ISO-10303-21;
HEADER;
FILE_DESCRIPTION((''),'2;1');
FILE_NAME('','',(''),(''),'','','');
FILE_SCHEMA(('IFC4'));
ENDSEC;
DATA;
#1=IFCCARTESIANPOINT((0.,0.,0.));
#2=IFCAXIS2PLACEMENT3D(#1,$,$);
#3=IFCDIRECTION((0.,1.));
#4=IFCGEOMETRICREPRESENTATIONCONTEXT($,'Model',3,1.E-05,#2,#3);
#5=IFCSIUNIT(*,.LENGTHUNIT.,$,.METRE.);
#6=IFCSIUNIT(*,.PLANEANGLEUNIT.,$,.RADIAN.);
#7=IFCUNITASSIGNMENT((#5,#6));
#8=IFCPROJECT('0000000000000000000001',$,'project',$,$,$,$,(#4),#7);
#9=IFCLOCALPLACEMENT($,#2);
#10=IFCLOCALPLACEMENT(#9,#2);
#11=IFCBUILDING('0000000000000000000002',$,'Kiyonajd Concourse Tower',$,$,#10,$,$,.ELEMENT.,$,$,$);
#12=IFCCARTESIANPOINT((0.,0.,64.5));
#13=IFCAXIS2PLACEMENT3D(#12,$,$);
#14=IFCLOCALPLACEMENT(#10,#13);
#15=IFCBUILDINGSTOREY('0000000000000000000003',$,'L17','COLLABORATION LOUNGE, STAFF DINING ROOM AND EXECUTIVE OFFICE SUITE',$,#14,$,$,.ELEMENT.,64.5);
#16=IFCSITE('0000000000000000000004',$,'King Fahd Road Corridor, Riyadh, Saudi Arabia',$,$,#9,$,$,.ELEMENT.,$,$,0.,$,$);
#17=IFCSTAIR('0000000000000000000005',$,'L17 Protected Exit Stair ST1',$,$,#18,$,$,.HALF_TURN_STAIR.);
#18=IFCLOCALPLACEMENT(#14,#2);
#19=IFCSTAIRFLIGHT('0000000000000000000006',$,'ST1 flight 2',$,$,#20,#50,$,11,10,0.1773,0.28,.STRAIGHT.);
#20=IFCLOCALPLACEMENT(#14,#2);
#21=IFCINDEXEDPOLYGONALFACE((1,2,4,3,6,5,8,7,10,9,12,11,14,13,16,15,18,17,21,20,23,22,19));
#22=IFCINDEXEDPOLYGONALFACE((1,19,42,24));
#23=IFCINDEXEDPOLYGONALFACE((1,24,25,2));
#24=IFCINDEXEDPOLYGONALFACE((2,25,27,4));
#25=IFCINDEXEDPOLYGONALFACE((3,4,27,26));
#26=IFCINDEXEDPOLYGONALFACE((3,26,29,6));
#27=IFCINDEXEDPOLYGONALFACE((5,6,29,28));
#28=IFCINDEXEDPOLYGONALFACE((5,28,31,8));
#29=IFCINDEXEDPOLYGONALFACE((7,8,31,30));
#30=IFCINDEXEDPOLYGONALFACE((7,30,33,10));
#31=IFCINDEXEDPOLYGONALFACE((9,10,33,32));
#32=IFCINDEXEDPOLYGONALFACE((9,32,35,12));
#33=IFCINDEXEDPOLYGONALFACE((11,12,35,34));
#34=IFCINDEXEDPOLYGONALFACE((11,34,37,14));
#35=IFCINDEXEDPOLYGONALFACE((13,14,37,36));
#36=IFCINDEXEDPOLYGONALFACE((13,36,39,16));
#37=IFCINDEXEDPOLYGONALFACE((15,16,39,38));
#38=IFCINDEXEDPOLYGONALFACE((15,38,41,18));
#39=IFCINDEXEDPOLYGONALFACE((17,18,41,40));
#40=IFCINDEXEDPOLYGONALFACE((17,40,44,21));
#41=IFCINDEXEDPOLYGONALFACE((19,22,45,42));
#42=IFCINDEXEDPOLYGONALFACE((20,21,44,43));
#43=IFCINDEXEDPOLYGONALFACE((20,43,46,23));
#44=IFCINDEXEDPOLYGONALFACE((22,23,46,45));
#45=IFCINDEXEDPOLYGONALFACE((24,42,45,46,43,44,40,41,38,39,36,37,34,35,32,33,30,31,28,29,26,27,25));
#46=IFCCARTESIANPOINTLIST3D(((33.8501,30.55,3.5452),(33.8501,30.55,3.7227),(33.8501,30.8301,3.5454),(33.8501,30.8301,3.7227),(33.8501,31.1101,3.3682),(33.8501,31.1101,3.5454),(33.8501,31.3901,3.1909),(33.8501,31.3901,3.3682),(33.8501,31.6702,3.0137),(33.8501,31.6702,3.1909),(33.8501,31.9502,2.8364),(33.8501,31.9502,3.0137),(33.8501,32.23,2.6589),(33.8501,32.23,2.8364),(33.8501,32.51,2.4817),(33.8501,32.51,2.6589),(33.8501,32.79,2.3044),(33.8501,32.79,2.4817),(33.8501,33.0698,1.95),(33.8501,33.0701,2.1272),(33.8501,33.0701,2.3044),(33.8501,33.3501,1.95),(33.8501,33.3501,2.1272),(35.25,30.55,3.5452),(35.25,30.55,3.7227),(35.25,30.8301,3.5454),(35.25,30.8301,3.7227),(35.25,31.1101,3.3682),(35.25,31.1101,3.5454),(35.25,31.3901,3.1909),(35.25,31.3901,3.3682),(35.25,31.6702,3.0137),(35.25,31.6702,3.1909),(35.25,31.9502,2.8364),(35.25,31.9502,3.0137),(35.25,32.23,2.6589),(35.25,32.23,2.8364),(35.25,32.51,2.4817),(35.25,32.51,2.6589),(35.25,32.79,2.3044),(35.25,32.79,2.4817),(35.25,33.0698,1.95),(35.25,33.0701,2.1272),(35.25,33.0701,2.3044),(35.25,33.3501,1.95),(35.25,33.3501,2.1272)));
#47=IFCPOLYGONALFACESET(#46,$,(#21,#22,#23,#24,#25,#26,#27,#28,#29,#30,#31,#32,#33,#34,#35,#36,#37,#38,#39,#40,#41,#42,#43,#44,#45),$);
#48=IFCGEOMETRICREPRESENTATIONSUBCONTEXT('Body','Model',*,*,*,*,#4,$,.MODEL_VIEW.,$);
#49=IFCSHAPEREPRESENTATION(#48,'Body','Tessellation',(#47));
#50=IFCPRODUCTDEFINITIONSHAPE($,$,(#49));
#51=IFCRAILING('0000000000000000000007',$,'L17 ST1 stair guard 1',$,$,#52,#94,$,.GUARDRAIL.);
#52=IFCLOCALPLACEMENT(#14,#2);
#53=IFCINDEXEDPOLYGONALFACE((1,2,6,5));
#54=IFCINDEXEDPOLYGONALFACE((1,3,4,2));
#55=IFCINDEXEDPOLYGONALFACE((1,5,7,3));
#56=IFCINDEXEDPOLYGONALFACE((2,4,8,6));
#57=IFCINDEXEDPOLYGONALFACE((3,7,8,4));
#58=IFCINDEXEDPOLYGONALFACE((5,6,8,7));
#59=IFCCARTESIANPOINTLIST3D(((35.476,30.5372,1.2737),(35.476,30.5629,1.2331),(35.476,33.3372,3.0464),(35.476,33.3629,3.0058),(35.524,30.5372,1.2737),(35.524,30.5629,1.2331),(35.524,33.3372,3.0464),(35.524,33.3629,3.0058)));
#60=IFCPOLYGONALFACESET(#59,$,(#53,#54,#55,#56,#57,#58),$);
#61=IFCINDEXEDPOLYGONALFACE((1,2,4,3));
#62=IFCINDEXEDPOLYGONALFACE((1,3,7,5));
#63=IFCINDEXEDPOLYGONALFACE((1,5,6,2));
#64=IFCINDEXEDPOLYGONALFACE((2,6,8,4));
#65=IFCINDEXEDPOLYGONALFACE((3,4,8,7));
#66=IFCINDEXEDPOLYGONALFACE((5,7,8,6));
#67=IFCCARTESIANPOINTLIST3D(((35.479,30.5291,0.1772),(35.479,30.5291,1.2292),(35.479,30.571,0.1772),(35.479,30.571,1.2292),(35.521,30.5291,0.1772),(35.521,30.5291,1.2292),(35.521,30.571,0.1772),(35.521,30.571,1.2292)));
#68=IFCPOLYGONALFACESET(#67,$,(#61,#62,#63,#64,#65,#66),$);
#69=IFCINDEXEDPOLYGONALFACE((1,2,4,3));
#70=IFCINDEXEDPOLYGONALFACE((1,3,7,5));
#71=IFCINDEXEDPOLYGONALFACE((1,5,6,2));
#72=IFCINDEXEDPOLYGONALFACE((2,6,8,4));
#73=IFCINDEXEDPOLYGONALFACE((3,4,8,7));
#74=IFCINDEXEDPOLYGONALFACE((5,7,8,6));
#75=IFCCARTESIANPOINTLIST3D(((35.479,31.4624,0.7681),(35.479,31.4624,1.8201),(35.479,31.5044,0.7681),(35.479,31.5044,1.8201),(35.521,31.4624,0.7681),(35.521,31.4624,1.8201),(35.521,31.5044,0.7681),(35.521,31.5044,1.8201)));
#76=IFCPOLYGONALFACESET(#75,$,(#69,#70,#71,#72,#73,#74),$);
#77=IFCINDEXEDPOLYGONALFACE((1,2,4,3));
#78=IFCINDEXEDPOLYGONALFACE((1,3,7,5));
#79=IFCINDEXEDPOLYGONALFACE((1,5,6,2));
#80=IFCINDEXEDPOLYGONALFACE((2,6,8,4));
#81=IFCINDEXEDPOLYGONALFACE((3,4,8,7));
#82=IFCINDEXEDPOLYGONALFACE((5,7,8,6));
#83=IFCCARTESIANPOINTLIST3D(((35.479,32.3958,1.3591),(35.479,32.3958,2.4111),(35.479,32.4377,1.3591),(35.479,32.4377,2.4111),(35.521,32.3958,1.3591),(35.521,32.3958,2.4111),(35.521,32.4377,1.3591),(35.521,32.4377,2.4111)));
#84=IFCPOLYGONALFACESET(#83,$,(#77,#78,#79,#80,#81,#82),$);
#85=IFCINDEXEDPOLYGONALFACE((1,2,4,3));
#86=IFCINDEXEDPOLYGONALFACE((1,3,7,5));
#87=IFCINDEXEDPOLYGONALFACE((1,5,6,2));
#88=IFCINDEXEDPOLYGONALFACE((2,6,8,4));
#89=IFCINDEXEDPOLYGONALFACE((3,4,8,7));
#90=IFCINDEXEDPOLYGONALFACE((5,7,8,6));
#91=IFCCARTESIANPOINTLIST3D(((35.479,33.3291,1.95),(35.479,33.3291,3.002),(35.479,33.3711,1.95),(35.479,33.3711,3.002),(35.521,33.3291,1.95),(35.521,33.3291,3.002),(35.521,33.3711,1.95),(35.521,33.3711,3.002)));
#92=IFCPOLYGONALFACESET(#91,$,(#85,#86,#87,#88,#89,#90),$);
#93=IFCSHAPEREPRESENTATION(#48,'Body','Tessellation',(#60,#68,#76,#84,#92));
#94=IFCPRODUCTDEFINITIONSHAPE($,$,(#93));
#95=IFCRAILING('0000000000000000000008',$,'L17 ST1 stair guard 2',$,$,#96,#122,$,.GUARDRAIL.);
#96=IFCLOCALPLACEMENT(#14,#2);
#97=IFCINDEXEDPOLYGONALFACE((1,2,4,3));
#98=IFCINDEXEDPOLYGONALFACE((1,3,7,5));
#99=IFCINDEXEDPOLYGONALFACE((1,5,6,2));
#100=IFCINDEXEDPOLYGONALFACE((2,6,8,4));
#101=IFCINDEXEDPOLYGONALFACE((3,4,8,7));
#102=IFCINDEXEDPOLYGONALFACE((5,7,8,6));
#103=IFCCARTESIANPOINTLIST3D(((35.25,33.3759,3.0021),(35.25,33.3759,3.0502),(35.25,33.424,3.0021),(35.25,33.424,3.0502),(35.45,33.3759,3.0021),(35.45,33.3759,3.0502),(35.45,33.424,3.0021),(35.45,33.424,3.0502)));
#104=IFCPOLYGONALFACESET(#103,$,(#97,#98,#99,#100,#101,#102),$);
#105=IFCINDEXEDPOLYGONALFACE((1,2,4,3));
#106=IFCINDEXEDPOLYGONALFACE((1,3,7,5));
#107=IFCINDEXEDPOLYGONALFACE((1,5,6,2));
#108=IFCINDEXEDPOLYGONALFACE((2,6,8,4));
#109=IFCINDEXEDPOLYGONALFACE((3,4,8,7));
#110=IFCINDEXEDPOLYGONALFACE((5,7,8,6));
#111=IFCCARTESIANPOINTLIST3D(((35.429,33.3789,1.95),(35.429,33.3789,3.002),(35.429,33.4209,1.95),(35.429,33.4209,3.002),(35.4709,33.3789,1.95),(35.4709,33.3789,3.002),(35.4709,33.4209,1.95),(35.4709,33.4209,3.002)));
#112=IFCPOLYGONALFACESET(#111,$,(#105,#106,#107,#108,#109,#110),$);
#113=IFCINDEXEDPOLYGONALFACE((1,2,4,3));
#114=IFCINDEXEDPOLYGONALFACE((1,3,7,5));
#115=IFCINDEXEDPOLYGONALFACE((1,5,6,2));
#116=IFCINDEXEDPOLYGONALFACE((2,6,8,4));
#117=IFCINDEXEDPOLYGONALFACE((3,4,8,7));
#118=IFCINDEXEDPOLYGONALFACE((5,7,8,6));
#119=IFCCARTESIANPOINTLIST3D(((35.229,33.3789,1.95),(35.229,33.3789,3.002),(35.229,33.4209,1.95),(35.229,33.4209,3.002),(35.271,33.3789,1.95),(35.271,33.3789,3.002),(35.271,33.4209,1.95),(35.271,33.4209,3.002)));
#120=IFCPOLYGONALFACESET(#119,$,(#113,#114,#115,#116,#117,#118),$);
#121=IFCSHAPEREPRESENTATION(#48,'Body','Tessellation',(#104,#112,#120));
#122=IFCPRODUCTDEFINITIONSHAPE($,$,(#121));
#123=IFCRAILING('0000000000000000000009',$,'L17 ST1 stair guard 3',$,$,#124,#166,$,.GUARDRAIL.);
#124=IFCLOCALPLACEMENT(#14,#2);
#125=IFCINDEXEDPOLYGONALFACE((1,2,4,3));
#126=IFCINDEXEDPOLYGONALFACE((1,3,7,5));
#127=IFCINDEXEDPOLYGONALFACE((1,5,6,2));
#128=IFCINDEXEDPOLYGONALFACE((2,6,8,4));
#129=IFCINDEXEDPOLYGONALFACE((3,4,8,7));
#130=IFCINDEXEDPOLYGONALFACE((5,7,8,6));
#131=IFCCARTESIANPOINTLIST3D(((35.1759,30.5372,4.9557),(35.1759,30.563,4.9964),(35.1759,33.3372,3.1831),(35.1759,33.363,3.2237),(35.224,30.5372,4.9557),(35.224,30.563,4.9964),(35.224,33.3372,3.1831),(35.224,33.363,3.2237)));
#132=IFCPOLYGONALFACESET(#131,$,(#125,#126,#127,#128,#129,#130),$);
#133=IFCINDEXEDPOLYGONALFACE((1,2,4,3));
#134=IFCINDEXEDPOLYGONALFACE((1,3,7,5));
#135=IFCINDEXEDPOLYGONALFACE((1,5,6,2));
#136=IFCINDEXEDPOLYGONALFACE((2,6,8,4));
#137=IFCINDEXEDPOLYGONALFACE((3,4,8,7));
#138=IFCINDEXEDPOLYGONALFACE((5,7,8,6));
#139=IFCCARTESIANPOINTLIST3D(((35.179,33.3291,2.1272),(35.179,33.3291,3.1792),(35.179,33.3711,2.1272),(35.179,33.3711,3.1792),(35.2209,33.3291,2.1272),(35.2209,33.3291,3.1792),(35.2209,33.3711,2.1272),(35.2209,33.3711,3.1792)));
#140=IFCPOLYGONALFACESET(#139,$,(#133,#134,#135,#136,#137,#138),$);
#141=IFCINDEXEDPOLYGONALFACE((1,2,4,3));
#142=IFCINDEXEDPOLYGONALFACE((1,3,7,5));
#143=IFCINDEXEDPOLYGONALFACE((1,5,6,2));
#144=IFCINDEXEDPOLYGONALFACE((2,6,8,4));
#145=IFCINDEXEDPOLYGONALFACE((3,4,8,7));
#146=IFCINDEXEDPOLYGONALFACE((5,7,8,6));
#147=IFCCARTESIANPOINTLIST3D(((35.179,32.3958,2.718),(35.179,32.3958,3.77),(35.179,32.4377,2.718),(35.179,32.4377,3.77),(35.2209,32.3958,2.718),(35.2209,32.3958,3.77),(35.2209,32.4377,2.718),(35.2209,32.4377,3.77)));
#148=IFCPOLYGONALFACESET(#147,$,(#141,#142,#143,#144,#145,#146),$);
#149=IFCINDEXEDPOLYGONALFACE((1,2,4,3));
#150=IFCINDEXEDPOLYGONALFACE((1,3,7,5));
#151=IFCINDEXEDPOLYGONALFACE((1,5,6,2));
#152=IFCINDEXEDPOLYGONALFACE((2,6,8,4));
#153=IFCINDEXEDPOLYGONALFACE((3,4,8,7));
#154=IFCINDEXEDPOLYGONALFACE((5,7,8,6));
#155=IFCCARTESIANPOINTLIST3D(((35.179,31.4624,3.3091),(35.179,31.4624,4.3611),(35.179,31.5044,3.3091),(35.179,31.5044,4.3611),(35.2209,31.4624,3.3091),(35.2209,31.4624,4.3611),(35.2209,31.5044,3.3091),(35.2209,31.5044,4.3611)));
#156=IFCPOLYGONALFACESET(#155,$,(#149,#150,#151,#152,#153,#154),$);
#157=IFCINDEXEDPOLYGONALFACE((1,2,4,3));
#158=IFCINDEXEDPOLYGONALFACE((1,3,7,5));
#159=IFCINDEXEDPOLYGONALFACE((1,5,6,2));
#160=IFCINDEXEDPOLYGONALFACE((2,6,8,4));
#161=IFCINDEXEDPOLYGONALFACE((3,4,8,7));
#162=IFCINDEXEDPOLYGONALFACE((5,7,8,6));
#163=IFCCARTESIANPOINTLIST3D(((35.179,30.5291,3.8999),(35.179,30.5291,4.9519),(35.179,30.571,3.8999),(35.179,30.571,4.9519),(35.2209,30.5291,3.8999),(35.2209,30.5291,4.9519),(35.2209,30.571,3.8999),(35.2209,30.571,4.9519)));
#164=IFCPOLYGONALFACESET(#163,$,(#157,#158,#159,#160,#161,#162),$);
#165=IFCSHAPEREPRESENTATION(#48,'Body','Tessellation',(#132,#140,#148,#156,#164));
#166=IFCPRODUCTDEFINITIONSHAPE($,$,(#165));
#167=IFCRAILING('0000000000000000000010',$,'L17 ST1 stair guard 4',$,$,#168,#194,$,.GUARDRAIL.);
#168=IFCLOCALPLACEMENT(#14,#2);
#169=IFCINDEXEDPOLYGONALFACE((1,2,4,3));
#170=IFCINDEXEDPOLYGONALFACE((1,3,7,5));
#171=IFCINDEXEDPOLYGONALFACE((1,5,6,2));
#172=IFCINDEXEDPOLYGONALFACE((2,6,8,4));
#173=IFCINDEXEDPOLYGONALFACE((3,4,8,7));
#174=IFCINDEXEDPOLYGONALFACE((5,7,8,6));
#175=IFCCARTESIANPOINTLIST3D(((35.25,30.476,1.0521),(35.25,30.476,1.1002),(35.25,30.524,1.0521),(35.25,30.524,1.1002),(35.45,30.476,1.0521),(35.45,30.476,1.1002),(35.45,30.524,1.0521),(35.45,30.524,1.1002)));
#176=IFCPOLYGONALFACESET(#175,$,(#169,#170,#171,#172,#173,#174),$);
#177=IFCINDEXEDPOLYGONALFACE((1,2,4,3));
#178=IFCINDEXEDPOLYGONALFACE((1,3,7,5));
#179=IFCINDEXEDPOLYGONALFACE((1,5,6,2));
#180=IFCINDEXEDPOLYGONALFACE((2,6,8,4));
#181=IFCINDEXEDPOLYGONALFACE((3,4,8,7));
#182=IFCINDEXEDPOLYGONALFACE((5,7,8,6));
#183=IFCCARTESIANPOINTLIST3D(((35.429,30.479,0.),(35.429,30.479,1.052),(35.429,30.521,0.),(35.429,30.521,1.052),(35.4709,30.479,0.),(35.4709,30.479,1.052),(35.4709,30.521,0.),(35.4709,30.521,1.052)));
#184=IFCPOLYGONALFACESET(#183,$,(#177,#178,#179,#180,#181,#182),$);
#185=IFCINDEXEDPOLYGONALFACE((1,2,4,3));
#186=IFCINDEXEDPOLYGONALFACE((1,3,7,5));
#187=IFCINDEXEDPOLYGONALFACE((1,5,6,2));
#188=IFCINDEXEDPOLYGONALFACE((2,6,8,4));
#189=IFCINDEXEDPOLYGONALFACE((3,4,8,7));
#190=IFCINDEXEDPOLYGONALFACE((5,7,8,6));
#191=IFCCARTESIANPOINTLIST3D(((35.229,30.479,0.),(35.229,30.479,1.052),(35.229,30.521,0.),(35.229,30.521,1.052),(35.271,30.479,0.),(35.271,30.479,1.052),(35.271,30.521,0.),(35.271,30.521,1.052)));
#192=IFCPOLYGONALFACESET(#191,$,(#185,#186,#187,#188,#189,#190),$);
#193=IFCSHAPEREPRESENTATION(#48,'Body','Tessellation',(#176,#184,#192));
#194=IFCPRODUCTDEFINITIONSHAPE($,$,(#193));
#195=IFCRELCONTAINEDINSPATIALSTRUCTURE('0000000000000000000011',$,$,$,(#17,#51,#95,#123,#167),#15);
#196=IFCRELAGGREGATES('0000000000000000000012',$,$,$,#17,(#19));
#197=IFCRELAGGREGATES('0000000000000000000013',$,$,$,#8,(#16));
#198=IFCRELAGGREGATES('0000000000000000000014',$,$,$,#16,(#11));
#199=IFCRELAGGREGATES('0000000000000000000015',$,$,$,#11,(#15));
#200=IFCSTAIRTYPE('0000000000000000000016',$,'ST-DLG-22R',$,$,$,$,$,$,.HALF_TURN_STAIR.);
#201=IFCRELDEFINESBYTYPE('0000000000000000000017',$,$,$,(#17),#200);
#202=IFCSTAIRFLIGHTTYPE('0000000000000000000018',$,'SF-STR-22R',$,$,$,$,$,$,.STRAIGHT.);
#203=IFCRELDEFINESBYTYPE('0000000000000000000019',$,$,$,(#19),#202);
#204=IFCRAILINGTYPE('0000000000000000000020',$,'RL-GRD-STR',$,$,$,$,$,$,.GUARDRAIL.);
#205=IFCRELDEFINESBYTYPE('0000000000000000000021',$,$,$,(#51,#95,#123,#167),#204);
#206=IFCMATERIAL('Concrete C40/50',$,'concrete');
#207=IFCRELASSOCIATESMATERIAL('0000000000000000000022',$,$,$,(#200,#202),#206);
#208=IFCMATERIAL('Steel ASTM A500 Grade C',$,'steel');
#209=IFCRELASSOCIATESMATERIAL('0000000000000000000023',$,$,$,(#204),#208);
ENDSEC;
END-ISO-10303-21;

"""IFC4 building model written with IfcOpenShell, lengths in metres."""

from ifc_helpers import new_model, si_unit, direction, frame, origin, origin_2d, place, context, subcontext, project, spatial, polyline, rectangle, outline, extrude, material, type_object, element, aggregate, save


model = new_model("IFC4")

# Units and contexts
model_context = context("Model", 3, precision=1e-05, world=origin(), true_north=direction((0.0, 1.0)))
body_context = subcontext(model_context, "Body", "Model", "MODEL_VIEW")
ifc_project = project(units=[si_unit("LENGTHUNIT", "METRE"), si_unit("PLANEANGLEUNIT", "RADIAN")], contexts=[model_context])

# Site, building, storey
site_placement = place(None, origin())
site = spatial("IfcSite", under=ifc_project, at=site_placement, Name="King Fahd Road Corridor, Riyadh, Saudi Arabia", CompositionType="ELEMENT", RefElevation=0.0)
building_placement = place(site_placement, origin())
building = spatial("IfcBuilding", under=site, at=building_placement, Name="Kiyonajd Concourse Tower", CompositionType="ELEMENT")
storey_placement = place(building_placement, frame((0.0, 0.0, 64.5)))
storey = spatial("IfcBuildingStorey", under=building, at=storey_placement, Name="L17", Description="COLLABORATION LOUNGE, STAFF DINING ROOM AND EXECUTIVE OFFICE SUITE", CompositionType="ELEMENT", Elevation=64.5)

# Stair, stair flight
ifc_material_1 = material(Name="Concrete C40/50", Category="concrete")
stair_type = type_object("IfcStairType", Name="ST-DLG-22R", PredefinedType="HALF_TURN_STAIR", material=ifc_material_1)
stair_placement = place(storey_placement, origin())
stair = element("IfcStair", 1, at=stair_placement, inside=storey, type_object=stair_type, Name="L17 Protected Exit Stair ST1", PredefinedType="HALF_TURN_STAIR")
stair_flight_type = type_object("IfcStairFlightType", Name="SF-STR-22R", PredefinedType="STRAIGHT", material=ifc_material_1)
stair_flight_1_placement = place(storey_placement, frame((34.55, 33.3501, 1.95), z_axis=(0.0, 0.0, 1.0), x_axis=(0.0, -1.0, 0.0)))
stair_flight_1 = element("IfcStairFlight", 2, at=stair_flight_1_placement, type_object=stair_flight_type, Name="ST1 flight 2", NumberOfRisers=11, NumberOfTreads=10, PredefinedType="STRAIGHT", RiserHeight=0.1773, TreadLength=0.28, context=body_context, shape_type="SweptSolid", body=[
    extrude(outline(polyline([(0.0, 0.0), (0.0, 0.1772), (0.28, 0.1772), (0.28, 0.3545), (0.5601, 0.3545), (0.5601, 0.5317), (0.8401, 0.5317), (0.8401, 0.709), (1.1201, 0.709), (1.1201, 0.8865), (1.3999, 0.8865), (1.3999, 1.0637), (1.6799, 1.0637), (1.6799, 1.241), (1.96, 1.241), (1.96, 1.4182), (2.24, 1.4182), (2.24, 1.5955), (2.52, 1.5955), (2.52, 1.7727), (2.8, 1.7727), (2.8, 1.95), (2.8, 1.5952), (0.2803, 0.0), (0.0, 0.0)])), frame((0.0, 0.7, 0.0), z_axis=(0.0, -1.0, 0.0), x_axis=(1.0, 0.0, 0.0)), (0.0, 0.0, 1.0), 1.3999),
])
aggregate(stair, [stair_flight_1])

# Railings
ifc_material_2 = material(Name="Steel ASTM A500 Grade C", Category="steel")
railing_type_1 = type_object("IfcRailingType", Name="RL-GRD-STR", PredefinedType="GUARDRAIL", material=ifc_material_2)
railing_1_placement = place(storey_placement, frame((35.5, 30.55, 0.1772)))
element("IfcRailing", 3, at=railing_1_placement, inside=storey, type_object=railing_type_1, Name="L17 ST1 stair guard 1", PredefinedType="GUARDRAIL", context=body_context, shape_type="SweptSolid", body=[
    extrude(rectangle(XDim=0.0481, YDim=0.0481, at=origin_2d()), frame((0.0, 0.0, 1.0762), z_axis=(0.0, 0.844909, 0.53491), x_axis=(-1.0, 0.0, 0.0)), (0.0, 0.0, 1.0), 3.314),
    extrude(rectangle(XDim=0.042, YDim=0.042, at=origin_2d()), origin(), (0.0, 0.0, 1.0), 1.052),
    extrude(rectangle(XDim=0.042, YDim=0.042, at=origin_2d()), frame((0.0, 0.9333, 0.5908)), (0.0, 0.0, 1.0), 1.052),
    extrude(rectangle(XDim=0.042, YDim=0.042, at=origin_2d()), frame((0.0, 1.8667, 1.1819)), (0.0, 0.0, 1.0), 1.052),
    extrude(rectangle(XDim=0.042, YDim=0.042, at=origin_2d()), frame((0.0, 2.8, 1.7727)), (0.0, 0.0, 1.0), 1.052),
])
railing_2_placement = place(storey_placement, frame((35.45, 33.3999, 1.95)))
element("IfcRailing", 4, at=railing_2_placement, inside=storey, type_object=railing_type_1, Name="L17 ST1 stair guard 2", PredefinedType="GUARDRAIL", context=body_context, shape_type="SweptSolid", body=[
    extrude(rectangle(XDim=0.0481, YDim=0.0481, at=origin_2d()), frame((0.0, 0.0, 1.0762), z_axis=(-1.0, 0.0, 0.0), x_axis=(0.0, -1.0, 0.0)), (0.0, 0.0, 1.0), 0.2),
    extrude(rectangle(XDim=0.042, YDim=0.042, at=origin_2d()), origin(), (0.0, 0.0, 1.0), 1.052),
    extrude(rectangle(XDim=0.042, YDim=0.042, at=origin_2d()), frame((-0.2, 0.0, 0.0)), (0.0, 0.0, 1.0), 1.052),
])
railing_3_placement = place(storey_placement, frame((35.2, 33.3501, 2.1272)))
element("IfcRailing", 5, at=railing_3_placement, inside=storey, type_object=railing_type_1, Name="L17 ST1 stair guard 3", PredefinedType="GUARDRAIL", context=body_context, shape_type="SweptSolid", body=[
    extrude(rectangle(XDim=0.0481, YDim=0.0481, at=origin_2d()), frame((0.0, 0.0, 1.0762), z_axis=(0.0, -0.844909, 0.53491), x_axis=(1.0, 0.0, 0.0)), (0.0, 0.0, 1.0), 3.314),
    extrude(rectangle(XDim=0.042, YDim=0.042, at=origin_2d()), origin(), (0.0, 0.0, 1.0), 1.052),
    extrude(rectangle(XDim=0.042, YDim=0.042, at=origin_2d()), frame((0.0, -0.9333, 0.5908)), (0.0, 0.0, 1.0), 1.052),
    extrude(rectangle(XDim=0.042, YDim=0.042, at=origin_2d()), frame((0.0, -1.8667, 1.1819)), (0.0, 0.0, 1.0), 1.052),
    extrude(rectangle(XDim=0.042, YDim=0.042, at=origin_2d()), frame((0.0, -2.8, 1.7727)), (0.0, 0.0, 1.0), 1.052),
])
railing_4_placement = place(storey_placement, frame((35.45, 30.5, 0.0)))
element("IfcRailing", 6, at=railing_4_placement, inside=storey, type_object=railing_type_1, Name="L17 ST1 stair guard 4", PredefinedType="GUARDRAIL", context=body_context, shape_type="SweptSolid", body=[
    extrude(rectangle(XDim=0.0481, YDim=0.0481, at=origin_2d()), frame((0.0, 0.0, 1.0762), z_axis=(-1.0, 0.0, 0.0), x_axis=(0.0, -1.0, 0.0)), (0.0, 0.0, 1.0), 0.2),
    extrude(rectangle(XDim=0.042, YDim=0.042, at=origin_2d()), origin(), (0.0, 0.0, 1.0), 1.052),
    extrude(rectangle(XDim=0.042, YDim=0.042, at=origin_2d()), frame((-0.2, 0.0, 0.0)), (0.0, 0.0, 1.0), 1.052),
])

save(model, "model.ifc")
